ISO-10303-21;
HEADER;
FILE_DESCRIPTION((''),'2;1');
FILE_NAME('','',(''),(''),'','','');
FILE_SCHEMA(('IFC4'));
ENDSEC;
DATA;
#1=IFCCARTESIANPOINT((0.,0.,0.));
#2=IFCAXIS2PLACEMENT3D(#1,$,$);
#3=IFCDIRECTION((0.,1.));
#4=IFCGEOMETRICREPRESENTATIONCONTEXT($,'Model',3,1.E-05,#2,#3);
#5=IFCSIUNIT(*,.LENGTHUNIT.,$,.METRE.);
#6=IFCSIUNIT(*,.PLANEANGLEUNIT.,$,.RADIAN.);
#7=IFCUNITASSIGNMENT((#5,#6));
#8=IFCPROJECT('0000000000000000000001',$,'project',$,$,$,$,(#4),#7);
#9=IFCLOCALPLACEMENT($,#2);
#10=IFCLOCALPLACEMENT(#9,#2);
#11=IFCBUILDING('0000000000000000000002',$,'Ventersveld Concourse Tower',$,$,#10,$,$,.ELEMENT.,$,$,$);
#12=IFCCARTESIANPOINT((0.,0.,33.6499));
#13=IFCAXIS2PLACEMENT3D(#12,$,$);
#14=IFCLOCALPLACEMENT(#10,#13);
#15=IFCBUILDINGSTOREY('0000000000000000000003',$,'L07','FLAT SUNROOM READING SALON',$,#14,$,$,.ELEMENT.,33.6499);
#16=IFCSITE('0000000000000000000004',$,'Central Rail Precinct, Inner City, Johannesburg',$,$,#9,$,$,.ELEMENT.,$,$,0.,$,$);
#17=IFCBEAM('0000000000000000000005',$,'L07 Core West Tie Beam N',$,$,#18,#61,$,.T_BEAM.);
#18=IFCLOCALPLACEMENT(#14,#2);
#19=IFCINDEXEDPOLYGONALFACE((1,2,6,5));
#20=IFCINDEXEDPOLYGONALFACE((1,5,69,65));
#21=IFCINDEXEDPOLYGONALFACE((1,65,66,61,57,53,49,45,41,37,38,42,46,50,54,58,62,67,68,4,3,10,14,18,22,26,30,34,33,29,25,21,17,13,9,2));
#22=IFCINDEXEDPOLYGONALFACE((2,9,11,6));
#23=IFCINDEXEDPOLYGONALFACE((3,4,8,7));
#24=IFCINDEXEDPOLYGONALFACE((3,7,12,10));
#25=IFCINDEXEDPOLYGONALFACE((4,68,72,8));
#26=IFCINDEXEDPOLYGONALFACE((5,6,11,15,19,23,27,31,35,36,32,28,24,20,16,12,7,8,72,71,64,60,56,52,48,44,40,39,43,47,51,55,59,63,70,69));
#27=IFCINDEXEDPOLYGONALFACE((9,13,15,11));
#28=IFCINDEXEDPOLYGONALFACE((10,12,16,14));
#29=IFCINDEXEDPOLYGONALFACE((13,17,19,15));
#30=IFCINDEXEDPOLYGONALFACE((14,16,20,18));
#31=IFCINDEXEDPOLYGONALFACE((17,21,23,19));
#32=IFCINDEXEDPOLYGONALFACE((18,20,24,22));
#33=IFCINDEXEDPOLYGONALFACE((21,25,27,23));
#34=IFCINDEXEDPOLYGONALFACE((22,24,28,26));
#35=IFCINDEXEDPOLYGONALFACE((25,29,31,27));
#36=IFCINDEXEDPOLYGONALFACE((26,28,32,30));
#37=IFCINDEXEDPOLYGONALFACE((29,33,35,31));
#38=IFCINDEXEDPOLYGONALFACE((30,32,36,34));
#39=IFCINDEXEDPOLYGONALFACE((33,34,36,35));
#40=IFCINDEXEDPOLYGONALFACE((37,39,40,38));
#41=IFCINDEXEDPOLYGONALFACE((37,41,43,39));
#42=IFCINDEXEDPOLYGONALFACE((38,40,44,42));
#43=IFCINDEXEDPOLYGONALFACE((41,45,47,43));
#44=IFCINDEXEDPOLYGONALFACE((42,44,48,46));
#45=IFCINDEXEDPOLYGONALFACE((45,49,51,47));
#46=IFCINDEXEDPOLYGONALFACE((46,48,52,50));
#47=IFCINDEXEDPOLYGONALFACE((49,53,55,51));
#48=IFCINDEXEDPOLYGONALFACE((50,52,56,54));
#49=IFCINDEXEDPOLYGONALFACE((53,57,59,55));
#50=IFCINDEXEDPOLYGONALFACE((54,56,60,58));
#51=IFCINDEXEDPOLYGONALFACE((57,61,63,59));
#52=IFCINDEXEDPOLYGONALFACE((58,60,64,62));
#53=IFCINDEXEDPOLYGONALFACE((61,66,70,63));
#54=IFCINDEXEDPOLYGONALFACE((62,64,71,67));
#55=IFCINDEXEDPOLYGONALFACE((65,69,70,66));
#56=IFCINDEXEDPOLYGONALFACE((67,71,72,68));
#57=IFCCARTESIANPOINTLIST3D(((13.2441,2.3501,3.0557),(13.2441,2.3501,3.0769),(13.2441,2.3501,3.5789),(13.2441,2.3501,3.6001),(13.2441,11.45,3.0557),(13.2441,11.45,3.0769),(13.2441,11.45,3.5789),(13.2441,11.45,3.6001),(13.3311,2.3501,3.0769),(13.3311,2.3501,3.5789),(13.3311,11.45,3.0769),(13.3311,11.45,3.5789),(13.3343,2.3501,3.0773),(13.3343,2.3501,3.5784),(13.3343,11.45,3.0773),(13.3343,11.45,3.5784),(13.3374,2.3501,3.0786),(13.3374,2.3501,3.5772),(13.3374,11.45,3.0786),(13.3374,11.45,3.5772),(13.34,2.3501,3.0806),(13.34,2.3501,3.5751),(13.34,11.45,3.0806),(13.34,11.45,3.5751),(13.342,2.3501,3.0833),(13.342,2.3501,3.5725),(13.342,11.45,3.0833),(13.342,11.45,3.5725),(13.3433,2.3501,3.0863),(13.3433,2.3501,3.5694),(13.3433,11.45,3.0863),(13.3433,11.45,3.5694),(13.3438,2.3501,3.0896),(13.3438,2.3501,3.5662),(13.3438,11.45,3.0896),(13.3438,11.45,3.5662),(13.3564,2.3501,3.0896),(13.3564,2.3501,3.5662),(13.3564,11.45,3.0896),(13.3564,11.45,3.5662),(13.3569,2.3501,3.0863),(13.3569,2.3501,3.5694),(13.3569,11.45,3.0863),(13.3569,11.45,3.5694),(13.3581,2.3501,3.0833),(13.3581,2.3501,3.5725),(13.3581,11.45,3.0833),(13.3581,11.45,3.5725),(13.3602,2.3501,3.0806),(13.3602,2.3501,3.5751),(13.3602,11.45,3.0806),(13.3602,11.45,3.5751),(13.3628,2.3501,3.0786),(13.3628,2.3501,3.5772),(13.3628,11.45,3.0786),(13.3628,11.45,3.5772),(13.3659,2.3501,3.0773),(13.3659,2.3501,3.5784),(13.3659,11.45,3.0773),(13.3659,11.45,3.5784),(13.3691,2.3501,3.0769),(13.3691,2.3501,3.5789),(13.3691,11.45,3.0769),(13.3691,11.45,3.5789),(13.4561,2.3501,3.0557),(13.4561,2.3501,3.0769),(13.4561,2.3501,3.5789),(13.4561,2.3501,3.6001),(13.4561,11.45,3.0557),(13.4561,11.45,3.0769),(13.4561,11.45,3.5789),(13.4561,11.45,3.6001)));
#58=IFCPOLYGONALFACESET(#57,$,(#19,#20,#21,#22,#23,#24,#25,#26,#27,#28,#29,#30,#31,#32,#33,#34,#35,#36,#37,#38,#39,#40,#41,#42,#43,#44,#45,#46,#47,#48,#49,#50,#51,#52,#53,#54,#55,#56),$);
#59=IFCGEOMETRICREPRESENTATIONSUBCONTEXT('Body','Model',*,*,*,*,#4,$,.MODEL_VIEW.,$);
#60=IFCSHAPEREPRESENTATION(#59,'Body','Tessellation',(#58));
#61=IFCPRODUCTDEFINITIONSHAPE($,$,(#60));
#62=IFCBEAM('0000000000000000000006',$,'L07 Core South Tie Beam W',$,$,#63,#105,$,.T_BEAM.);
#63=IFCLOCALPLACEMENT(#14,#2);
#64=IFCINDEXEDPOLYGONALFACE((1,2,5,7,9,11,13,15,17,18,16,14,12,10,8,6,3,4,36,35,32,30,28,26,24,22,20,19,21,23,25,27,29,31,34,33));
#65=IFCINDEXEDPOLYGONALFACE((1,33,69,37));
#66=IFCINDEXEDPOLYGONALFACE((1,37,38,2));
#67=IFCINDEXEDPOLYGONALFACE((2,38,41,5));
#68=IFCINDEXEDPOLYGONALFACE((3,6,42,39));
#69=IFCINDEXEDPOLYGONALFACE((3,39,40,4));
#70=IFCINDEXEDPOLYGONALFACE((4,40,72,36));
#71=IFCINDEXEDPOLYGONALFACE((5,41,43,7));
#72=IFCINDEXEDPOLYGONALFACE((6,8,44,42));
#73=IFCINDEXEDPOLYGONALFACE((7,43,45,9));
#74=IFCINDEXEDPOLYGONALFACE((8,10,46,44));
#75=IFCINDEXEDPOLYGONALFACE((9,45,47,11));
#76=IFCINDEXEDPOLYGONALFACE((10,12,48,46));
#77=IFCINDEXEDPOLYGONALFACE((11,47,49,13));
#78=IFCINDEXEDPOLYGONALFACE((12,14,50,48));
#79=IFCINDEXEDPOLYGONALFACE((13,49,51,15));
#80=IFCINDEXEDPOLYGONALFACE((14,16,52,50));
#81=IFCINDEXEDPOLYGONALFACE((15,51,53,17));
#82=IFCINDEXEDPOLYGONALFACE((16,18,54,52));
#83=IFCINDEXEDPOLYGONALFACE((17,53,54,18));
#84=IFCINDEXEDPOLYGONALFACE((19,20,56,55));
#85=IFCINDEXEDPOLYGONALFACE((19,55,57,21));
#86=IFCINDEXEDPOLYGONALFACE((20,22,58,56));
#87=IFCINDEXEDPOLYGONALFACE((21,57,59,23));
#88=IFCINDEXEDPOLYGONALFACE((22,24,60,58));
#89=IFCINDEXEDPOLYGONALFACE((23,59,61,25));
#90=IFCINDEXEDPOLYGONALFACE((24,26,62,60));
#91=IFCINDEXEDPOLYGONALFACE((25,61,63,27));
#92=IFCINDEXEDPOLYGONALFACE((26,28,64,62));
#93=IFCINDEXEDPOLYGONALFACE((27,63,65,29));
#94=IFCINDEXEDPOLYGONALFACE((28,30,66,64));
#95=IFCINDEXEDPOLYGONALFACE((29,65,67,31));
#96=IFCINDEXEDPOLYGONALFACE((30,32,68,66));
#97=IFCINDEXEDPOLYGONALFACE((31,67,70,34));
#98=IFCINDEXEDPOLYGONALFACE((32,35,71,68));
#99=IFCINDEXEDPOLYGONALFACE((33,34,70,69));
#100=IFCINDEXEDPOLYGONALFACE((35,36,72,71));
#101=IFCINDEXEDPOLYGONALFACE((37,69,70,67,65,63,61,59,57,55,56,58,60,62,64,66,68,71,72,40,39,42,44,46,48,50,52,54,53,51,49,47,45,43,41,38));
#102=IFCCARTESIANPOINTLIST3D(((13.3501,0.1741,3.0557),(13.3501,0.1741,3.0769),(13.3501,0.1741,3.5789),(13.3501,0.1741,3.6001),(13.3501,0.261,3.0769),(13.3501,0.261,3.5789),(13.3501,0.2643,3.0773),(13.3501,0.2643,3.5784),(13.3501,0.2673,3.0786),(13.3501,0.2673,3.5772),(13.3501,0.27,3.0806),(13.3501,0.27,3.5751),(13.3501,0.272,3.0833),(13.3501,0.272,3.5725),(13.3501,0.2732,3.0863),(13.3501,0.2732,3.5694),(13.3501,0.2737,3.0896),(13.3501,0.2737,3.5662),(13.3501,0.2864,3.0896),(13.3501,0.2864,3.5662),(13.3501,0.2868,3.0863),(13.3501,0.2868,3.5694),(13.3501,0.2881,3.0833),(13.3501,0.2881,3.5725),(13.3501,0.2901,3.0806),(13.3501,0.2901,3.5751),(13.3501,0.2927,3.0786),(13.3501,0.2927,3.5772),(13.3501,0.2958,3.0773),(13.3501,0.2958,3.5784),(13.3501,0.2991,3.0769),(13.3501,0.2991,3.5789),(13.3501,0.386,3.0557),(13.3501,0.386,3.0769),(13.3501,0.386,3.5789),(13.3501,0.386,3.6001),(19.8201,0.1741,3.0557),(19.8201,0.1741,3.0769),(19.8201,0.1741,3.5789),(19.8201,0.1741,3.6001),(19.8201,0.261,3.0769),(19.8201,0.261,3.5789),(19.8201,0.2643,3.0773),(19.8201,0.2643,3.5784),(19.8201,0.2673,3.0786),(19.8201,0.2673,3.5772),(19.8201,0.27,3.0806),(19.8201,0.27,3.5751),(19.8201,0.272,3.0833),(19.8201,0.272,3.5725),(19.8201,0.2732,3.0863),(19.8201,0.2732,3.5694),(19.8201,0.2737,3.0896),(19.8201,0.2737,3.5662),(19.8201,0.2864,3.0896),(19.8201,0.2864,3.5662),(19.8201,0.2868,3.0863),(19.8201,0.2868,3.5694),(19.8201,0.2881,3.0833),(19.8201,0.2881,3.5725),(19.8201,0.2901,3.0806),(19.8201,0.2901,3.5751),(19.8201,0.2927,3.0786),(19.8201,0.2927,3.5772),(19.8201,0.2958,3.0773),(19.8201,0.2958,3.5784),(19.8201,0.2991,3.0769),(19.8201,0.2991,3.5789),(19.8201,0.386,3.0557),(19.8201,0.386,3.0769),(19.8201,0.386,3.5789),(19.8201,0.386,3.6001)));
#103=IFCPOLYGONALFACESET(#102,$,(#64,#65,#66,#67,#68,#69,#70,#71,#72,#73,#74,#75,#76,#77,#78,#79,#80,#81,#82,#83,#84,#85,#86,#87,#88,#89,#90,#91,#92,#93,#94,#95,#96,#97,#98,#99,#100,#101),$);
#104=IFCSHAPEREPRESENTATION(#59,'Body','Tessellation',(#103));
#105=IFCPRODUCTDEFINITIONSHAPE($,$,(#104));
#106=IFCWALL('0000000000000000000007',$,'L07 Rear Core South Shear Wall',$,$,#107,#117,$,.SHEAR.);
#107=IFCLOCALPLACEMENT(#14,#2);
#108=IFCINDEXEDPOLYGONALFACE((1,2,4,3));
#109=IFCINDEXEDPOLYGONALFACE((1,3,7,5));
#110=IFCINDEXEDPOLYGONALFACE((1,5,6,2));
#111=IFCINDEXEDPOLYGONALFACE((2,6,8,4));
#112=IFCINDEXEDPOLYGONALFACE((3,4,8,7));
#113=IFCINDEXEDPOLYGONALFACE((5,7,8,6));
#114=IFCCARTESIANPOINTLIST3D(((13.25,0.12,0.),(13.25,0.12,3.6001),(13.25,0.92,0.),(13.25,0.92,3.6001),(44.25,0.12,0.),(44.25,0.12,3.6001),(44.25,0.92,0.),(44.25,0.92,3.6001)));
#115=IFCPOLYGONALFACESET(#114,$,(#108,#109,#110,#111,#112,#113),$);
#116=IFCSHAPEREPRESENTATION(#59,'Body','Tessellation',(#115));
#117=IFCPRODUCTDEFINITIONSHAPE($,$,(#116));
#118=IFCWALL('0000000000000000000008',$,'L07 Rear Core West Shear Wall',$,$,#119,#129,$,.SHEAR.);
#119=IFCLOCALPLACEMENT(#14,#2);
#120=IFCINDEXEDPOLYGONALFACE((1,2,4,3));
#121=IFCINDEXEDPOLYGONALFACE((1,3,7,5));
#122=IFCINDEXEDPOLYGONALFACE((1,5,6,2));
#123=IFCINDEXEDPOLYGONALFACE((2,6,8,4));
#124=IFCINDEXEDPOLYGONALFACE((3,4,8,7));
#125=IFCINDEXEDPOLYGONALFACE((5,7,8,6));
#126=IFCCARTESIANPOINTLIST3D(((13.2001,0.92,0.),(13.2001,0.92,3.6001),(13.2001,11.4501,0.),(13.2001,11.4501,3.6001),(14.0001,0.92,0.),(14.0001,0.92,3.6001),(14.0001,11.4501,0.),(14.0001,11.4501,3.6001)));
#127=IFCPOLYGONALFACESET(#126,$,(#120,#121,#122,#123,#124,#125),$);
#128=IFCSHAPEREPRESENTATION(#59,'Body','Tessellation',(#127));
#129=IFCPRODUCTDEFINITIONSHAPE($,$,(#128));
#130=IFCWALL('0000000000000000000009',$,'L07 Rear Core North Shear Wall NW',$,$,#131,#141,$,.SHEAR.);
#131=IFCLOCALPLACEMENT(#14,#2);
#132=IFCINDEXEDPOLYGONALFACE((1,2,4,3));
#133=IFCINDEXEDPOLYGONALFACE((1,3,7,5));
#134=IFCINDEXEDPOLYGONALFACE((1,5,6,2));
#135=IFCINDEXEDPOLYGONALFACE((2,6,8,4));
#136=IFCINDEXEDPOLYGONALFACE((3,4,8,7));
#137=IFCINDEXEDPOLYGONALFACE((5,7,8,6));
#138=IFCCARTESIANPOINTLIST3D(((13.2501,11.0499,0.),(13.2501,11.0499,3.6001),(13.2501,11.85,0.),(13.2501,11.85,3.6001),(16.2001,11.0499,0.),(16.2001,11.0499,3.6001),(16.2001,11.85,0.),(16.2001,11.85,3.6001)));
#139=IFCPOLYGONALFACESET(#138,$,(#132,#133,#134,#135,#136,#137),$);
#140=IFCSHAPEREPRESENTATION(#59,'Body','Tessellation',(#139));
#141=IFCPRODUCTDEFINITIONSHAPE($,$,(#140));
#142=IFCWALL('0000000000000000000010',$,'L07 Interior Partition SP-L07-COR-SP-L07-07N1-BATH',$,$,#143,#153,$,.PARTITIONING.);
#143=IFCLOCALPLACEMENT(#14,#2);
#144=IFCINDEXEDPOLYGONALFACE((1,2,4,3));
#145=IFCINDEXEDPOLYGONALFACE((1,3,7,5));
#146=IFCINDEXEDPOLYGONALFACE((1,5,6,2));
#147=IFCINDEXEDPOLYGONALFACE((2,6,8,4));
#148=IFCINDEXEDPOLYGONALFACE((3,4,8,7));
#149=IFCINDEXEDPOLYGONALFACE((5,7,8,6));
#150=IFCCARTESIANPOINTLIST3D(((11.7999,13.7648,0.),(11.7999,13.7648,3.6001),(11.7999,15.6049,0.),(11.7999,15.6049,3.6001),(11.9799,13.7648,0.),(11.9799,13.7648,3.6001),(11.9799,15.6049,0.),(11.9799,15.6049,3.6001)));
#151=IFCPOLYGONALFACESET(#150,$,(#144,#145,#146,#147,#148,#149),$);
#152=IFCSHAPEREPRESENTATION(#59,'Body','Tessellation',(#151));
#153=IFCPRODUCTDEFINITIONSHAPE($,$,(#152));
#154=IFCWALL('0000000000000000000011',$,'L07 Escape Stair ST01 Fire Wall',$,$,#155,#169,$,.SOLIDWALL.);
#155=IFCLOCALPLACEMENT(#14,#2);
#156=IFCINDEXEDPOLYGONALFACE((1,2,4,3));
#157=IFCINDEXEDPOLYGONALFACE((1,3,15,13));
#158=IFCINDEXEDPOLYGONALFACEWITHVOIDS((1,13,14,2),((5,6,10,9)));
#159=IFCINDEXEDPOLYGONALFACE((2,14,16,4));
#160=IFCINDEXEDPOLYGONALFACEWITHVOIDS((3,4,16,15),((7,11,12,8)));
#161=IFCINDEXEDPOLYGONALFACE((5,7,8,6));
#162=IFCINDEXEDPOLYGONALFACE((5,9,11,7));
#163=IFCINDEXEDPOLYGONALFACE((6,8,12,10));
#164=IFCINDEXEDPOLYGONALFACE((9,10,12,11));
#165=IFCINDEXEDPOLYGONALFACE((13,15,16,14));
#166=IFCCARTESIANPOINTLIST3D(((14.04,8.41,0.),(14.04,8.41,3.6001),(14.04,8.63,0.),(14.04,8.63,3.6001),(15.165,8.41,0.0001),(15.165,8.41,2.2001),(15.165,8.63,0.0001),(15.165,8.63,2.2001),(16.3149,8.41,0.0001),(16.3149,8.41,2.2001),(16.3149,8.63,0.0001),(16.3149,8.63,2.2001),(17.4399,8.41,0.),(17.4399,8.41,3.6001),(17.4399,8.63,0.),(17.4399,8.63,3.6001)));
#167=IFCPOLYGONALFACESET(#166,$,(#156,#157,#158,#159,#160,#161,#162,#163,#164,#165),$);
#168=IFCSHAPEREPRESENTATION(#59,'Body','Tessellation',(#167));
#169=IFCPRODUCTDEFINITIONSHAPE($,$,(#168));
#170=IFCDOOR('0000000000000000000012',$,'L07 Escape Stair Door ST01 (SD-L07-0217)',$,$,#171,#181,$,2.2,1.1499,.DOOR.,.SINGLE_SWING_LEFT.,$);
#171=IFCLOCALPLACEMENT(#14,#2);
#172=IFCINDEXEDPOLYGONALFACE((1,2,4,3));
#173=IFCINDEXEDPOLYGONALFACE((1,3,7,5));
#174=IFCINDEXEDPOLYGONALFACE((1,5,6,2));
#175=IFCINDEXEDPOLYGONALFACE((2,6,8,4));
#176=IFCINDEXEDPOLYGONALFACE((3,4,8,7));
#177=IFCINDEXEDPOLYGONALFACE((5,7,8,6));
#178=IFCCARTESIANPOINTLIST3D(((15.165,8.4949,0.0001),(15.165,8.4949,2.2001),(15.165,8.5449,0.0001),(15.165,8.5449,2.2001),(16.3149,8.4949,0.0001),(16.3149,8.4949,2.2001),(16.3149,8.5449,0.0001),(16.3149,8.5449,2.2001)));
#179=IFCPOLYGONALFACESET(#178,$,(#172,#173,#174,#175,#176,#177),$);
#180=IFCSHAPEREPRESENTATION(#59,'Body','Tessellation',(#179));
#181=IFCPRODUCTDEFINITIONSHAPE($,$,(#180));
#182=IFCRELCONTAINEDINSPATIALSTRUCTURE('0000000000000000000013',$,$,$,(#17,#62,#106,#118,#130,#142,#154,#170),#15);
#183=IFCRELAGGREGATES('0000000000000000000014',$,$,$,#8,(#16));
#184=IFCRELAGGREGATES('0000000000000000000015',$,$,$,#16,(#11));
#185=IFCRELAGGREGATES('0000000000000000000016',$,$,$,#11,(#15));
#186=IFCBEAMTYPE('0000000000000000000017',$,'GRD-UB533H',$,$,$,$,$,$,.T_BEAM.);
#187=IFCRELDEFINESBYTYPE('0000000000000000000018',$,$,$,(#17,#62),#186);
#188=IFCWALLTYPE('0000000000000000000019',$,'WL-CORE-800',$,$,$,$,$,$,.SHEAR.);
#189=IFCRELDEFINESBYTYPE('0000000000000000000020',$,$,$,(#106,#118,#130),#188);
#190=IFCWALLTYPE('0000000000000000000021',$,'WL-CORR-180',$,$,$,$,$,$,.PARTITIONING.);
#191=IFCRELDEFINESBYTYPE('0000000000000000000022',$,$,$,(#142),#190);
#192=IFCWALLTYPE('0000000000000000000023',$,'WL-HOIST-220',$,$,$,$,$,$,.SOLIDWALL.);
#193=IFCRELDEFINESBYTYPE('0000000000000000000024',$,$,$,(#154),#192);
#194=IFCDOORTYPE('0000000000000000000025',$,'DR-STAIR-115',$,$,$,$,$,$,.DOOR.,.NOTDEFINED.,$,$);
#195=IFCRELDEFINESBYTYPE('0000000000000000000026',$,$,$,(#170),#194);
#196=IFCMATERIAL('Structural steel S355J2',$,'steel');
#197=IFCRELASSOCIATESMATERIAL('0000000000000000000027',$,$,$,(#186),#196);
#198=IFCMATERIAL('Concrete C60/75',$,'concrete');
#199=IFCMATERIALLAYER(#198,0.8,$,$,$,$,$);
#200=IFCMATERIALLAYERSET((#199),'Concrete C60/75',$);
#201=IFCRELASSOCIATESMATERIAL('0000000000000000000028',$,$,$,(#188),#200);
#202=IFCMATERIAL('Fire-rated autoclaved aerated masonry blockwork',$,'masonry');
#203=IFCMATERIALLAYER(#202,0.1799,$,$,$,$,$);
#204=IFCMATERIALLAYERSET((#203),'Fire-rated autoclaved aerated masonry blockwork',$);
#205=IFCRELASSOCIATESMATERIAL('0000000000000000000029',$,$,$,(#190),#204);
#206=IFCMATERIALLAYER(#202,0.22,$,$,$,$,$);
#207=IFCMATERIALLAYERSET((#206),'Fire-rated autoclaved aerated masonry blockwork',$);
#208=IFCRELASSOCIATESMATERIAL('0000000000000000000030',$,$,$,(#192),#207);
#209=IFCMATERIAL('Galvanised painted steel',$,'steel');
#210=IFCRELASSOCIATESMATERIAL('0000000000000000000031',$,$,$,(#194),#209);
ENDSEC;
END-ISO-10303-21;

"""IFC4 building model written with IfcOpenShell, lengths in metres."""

from ifc_helpers import new_model, si_unit, direction, frame, frame_2d, origin, origin_2d, place, context, subcontext, project, spatial, rectangle, i_section, extrude, material, layer, layer_set, material_profile, profile_set, type_object, element, fill, save


model = new_model("IFC4")

# Units and contexts
model_context = context("Model", 3, precision=1e-05, world=origin(), true_north=direction((0.0, 1.0)))
body_context = subcontext(model_context, "Body", "Model", "MODEL_VIEW")
ifc_project = project(units=[si_unit("LENGTHUNIT", "METRE"), si_unit("PLANEANGLEUNIT", "RADIAN")], contexts=[model_context])

# Site, building, storey
site_placement = place(None, origin())
site = spatial("IfcSite", under=ifc_project, at=site_placement, Name="Central Rail Precinct, Inner City, Johannesburg", CompositionType="ELEMENT", RefElevation=0.0)
building_placement = place(site_placement, origin())
building = spatial("IfcBuilding", under=site, at=building_placement, Name="Ventersveld Concourse Tower", CompositionType="ELEMENT")
storey_placement = place(building_placement, frame((0.0, 0.0, 33.6499)))
storey = spatial("IfcBuildingStorey", under=building, at=storey_placement, Name="L07", Description="FLAT SUNROOM READING SALON", CompositionType="ELEMENT", Elevation=33.6499)

# Beams
ifc_material_1 = material(Name="Structural steel S355J2", Category="steel")
ifc_material_profile_1 = material_profile(ifc_material_1, i_section(OverallWidth=0.2119, OverallDepth=0.5444, WebThickness=0.0127, FlangeThickness=0.0212, FilletRadius=0.0127, at=origin_2d()), Name="UB 533x210x122")
ifc_profile_set_1 = profile_set([ifc_material_profile_1], Name="Structural steel S355J2")
beam_type_1 = type_object("IfcBeamType", Name="GRD-UB533H", PredefinedType="T_BEAM", material=ifc_profile_set_1)
beam_1_placement = place(storey_placement, frame((13.3501, 2.3501, 3.3279), z_axis=(0.0, 1.0, 0.0), x_axis=(-1.0, 0.0, 0.0)))
element("IfcBeam", 1, at=beam_1_placement, inside=storey, type_object=beam_type_1, Name="L07 Core West Tie Beam N", PredefinedType="T_BEAM", context=body_context, shape_type="SweptSolid", body=[
    extrude(i_section(OverallWidth=0.2119, OverallDepth=0.5444, WebThickness=0.0127, FlangeThickness=0.0212, FilletRadius=0.0127, at=origin_2d()), origin(), (0.0, 0.0, 1.0), 9.0999),
])
beam_2_placement = place(storey_placement, frame((13.3501, 0.28, 3.3279), z_axis=(1.0, 0.0, 0.0), x_axis=(0.0, 1.0, 0.0)))
element("IfcBeam", 2, at=beam_2_placement, inside=storey, type_object=beam_type_1, Name="L07 Core South Tie Beam W", PredefinedType="T_BEAM", context=body_context, shape_type="SweptSolid", body=[
    extrude(i_section(OverallWidth=0.2119, OverallDepth=0.5444, WebThickness=0.0127, FlangeThickness=0.0212, FilletRadius=0.0127, at=origin_2d()), origin(), (0.0, 0.0, 1.0), 6.47),
])

# Walls
ifc_material_2 = material(Name="Concrete C60/75", Category="concrete")
ifc_layer_1 = layer(ifc_material_2, 0.8)
ifc_layer_set_1 = layer_set([ifc_layer_1], Name="Concrete C60/75")
wall_type_1 = type_object("IfcWallType", Name="WL-CORE-800", PredefinedType="SHEAR", material=ifc_layer_set_1)
wall_1_placement = place(storey_placement, frame((13.25, 0.52, 0.0), z_axis=(0.0, 0.0, 1.0), x_axis=(1.0, 0.0, 0.0)))
element("IfcWall", 3, at=wall_1_placement, inside=storey, type_object=wall_type_1, Name="L07 Rear Core South Shear Wall", PredefinedType="SHEAR", context=body_context, shape_type="SweptSolid", body=[
    extrude(rectangle(XDim=31.0, YDim=0.8, at=frame_2d((15.5, 0.0))), origin(), (0.0, 0.0, 1.0), 3.6001),
])
wall_2_placement = place(storey_placement, frame((13.6001, 0.9199, 0.0), z_axis=(0.0, 0.0, 1.0), x_axis=(0.0, 1.0, 0.0)))
element("IfcWall", 4, at=wall_2_placement, inside=storey, type_object=wall_type_1, Name="L07 Rear Core West Shear Wall", PredefinedType="SHEAR", context=body_context, shape_type="SweptSolid", body=[
    extrude(rectangle(XDim=10.53, YDim=0.8, at=frame_2d((5.2651, 0.0))), origin(), (0.0, 0.0, 1.0), 3.6001),
])
wall_3_placement = place(storey_placement, frame((13.25, 11.45, 0.0), z_axis=(0.0, 0.0, 1.0), x_axis=(1.0, 0.0, 0.0)))
element("IfcWall", 5, at=wall_3_placement, inside=storey, type_object=wall_type_1, Name="L07 Rear Core North Shear Wall NW", PredefinedType="SHEAR", context=body_context, shape_type="SweptSolid", body=[
    extrude(rectangle(XDim=2.95, YDim=0.8, at=frame_2d((1.4751, 0.0))), origin(), (0.0, 0.0, 1.0), 3.6001),
])
ifc_material_3 = material(Name="Fire-rated autoclaved aerated masonry blockwork", Category="masonry")
ifc_layer_2 = layer(ifc_material_3, 0.1799)
ifc_layer_set_2 = layer_set([ifc_layer_2], Name="Fire-rated autoclaved aerated masonry blockwork")
wall_type_2 = type_object("IfcWallType", Name="WL-CORR-180", PredefinedType="PARTITIONING", material=ifc_layer_set_2)
wall_4_placement = place(storey_placement, frame((11.8899, 13.7649, 0.0), z_axis=(0.0, 0.0, 1.0), x_axis=(0.0, 1.0, 0.0)))
element("IfcWall", 6, at=wall_4_placement, inside=storey, type_object=wall_type_2, Name="L07 Interior Partition SP-L07-COR-SP-L07-07N1-BATH", PredefinedType="PARTITIONING", context=body_context, shape_type="SweptSolid", body=[
    extrude(rectangle(XDim=1.8401, YDim=0.1799, at=frame_2d((0.9199, 0.0))), origin(), (0.0, 0.0, 1.0), 3.6001),
])

# Wall, opening, door
ifc_layer_3 = layer(ifc_material_3, 0.22)
ifc_layer_set_3 = layer_set([ifc_layer_3], Name="Fire-rated autoclaved aerated masonry blockwork")
wall_type_3 = type_object("IfcWallType", Name="WL-HOIST-220", PredefinedType="SOLIDWALL", material=ifc_layer_set_3)
wall_5_placement = place(storey_placement, frame((14.04, 8.52, 0.0), z_axis=(0.0, 0.0, 1.0), x_axis=(1.0, 0.0, 0.0)))
wall_5 = element("IfcWall", 7, at=wall_5_placement, inside=storey, type_object=wall_type_3, Name="L07 Escape Stair ST01 Fire Wall", PredefinedType="SOLIDWALL", context=body_context, shape_type="SweptSolid", body=[
    extrude(rectangle(XDim=3.3999, YDim=0.22, at=frame_2d((1.7, 0.0))), origin(), (0.0, 0.0, 1.0), 3.6001),
])
opening_placement = place(wall_5_placement, frame((1.125, 0.0, 0.0)))
opening = element("IfcOpeningElement", 8, at=opening_placement, cuts=wall_5, PredefinedType="OPENING", context=body_context, shape_type="SweptSolid", body=[
    extrude(rectangle(XDim=1.1499, YDim=2.2, at=frame_2d((0.575, 1.1001))), frame((0.0, 0.1201, 0.0), z_axis=(0.0, -1.0, 0.0), x_axis=(1.0, 0.0, 0.0)), (0.0, 0.0, 1.0), 0.24),
])
ifc_material_4 = material(Name="Galvanised painted steel", Category="steel")
door_type = type_object("IfcDoorType", Name="DR-STAIR-115", OperationType="NOTDEFINED", PredefinedType="DOOR", material=ifc_material_4)
door_placement = place(opening_placement, origin())
door = element("IfcDoor", 9, at=door_placement, inside=storey, type_object=door_type, Name="L07 Escape Stair Door ST01 (SD-L07-0217)", OperationType="SINGLE_SWING_LEFT", OverallHeight=2.2, OverallWidth=1.1499, PredefinedType="DOOR", context=body_context, shape_type="SweptSolid", body=[
    extrude(rectangle(XDim=1.1499, YDim=2.2, at=frame_2d((0.575, 1.1001))), frame((0.0, 0.0249, 0.0), z_axis=(0.0, -1.0, 0.0), x_axis=(1.0, 0.0, 0.0)), (0.0, 0.0, 1.0), 0.05),
])
fill(opening, door)

save(model, "model.ifc")
